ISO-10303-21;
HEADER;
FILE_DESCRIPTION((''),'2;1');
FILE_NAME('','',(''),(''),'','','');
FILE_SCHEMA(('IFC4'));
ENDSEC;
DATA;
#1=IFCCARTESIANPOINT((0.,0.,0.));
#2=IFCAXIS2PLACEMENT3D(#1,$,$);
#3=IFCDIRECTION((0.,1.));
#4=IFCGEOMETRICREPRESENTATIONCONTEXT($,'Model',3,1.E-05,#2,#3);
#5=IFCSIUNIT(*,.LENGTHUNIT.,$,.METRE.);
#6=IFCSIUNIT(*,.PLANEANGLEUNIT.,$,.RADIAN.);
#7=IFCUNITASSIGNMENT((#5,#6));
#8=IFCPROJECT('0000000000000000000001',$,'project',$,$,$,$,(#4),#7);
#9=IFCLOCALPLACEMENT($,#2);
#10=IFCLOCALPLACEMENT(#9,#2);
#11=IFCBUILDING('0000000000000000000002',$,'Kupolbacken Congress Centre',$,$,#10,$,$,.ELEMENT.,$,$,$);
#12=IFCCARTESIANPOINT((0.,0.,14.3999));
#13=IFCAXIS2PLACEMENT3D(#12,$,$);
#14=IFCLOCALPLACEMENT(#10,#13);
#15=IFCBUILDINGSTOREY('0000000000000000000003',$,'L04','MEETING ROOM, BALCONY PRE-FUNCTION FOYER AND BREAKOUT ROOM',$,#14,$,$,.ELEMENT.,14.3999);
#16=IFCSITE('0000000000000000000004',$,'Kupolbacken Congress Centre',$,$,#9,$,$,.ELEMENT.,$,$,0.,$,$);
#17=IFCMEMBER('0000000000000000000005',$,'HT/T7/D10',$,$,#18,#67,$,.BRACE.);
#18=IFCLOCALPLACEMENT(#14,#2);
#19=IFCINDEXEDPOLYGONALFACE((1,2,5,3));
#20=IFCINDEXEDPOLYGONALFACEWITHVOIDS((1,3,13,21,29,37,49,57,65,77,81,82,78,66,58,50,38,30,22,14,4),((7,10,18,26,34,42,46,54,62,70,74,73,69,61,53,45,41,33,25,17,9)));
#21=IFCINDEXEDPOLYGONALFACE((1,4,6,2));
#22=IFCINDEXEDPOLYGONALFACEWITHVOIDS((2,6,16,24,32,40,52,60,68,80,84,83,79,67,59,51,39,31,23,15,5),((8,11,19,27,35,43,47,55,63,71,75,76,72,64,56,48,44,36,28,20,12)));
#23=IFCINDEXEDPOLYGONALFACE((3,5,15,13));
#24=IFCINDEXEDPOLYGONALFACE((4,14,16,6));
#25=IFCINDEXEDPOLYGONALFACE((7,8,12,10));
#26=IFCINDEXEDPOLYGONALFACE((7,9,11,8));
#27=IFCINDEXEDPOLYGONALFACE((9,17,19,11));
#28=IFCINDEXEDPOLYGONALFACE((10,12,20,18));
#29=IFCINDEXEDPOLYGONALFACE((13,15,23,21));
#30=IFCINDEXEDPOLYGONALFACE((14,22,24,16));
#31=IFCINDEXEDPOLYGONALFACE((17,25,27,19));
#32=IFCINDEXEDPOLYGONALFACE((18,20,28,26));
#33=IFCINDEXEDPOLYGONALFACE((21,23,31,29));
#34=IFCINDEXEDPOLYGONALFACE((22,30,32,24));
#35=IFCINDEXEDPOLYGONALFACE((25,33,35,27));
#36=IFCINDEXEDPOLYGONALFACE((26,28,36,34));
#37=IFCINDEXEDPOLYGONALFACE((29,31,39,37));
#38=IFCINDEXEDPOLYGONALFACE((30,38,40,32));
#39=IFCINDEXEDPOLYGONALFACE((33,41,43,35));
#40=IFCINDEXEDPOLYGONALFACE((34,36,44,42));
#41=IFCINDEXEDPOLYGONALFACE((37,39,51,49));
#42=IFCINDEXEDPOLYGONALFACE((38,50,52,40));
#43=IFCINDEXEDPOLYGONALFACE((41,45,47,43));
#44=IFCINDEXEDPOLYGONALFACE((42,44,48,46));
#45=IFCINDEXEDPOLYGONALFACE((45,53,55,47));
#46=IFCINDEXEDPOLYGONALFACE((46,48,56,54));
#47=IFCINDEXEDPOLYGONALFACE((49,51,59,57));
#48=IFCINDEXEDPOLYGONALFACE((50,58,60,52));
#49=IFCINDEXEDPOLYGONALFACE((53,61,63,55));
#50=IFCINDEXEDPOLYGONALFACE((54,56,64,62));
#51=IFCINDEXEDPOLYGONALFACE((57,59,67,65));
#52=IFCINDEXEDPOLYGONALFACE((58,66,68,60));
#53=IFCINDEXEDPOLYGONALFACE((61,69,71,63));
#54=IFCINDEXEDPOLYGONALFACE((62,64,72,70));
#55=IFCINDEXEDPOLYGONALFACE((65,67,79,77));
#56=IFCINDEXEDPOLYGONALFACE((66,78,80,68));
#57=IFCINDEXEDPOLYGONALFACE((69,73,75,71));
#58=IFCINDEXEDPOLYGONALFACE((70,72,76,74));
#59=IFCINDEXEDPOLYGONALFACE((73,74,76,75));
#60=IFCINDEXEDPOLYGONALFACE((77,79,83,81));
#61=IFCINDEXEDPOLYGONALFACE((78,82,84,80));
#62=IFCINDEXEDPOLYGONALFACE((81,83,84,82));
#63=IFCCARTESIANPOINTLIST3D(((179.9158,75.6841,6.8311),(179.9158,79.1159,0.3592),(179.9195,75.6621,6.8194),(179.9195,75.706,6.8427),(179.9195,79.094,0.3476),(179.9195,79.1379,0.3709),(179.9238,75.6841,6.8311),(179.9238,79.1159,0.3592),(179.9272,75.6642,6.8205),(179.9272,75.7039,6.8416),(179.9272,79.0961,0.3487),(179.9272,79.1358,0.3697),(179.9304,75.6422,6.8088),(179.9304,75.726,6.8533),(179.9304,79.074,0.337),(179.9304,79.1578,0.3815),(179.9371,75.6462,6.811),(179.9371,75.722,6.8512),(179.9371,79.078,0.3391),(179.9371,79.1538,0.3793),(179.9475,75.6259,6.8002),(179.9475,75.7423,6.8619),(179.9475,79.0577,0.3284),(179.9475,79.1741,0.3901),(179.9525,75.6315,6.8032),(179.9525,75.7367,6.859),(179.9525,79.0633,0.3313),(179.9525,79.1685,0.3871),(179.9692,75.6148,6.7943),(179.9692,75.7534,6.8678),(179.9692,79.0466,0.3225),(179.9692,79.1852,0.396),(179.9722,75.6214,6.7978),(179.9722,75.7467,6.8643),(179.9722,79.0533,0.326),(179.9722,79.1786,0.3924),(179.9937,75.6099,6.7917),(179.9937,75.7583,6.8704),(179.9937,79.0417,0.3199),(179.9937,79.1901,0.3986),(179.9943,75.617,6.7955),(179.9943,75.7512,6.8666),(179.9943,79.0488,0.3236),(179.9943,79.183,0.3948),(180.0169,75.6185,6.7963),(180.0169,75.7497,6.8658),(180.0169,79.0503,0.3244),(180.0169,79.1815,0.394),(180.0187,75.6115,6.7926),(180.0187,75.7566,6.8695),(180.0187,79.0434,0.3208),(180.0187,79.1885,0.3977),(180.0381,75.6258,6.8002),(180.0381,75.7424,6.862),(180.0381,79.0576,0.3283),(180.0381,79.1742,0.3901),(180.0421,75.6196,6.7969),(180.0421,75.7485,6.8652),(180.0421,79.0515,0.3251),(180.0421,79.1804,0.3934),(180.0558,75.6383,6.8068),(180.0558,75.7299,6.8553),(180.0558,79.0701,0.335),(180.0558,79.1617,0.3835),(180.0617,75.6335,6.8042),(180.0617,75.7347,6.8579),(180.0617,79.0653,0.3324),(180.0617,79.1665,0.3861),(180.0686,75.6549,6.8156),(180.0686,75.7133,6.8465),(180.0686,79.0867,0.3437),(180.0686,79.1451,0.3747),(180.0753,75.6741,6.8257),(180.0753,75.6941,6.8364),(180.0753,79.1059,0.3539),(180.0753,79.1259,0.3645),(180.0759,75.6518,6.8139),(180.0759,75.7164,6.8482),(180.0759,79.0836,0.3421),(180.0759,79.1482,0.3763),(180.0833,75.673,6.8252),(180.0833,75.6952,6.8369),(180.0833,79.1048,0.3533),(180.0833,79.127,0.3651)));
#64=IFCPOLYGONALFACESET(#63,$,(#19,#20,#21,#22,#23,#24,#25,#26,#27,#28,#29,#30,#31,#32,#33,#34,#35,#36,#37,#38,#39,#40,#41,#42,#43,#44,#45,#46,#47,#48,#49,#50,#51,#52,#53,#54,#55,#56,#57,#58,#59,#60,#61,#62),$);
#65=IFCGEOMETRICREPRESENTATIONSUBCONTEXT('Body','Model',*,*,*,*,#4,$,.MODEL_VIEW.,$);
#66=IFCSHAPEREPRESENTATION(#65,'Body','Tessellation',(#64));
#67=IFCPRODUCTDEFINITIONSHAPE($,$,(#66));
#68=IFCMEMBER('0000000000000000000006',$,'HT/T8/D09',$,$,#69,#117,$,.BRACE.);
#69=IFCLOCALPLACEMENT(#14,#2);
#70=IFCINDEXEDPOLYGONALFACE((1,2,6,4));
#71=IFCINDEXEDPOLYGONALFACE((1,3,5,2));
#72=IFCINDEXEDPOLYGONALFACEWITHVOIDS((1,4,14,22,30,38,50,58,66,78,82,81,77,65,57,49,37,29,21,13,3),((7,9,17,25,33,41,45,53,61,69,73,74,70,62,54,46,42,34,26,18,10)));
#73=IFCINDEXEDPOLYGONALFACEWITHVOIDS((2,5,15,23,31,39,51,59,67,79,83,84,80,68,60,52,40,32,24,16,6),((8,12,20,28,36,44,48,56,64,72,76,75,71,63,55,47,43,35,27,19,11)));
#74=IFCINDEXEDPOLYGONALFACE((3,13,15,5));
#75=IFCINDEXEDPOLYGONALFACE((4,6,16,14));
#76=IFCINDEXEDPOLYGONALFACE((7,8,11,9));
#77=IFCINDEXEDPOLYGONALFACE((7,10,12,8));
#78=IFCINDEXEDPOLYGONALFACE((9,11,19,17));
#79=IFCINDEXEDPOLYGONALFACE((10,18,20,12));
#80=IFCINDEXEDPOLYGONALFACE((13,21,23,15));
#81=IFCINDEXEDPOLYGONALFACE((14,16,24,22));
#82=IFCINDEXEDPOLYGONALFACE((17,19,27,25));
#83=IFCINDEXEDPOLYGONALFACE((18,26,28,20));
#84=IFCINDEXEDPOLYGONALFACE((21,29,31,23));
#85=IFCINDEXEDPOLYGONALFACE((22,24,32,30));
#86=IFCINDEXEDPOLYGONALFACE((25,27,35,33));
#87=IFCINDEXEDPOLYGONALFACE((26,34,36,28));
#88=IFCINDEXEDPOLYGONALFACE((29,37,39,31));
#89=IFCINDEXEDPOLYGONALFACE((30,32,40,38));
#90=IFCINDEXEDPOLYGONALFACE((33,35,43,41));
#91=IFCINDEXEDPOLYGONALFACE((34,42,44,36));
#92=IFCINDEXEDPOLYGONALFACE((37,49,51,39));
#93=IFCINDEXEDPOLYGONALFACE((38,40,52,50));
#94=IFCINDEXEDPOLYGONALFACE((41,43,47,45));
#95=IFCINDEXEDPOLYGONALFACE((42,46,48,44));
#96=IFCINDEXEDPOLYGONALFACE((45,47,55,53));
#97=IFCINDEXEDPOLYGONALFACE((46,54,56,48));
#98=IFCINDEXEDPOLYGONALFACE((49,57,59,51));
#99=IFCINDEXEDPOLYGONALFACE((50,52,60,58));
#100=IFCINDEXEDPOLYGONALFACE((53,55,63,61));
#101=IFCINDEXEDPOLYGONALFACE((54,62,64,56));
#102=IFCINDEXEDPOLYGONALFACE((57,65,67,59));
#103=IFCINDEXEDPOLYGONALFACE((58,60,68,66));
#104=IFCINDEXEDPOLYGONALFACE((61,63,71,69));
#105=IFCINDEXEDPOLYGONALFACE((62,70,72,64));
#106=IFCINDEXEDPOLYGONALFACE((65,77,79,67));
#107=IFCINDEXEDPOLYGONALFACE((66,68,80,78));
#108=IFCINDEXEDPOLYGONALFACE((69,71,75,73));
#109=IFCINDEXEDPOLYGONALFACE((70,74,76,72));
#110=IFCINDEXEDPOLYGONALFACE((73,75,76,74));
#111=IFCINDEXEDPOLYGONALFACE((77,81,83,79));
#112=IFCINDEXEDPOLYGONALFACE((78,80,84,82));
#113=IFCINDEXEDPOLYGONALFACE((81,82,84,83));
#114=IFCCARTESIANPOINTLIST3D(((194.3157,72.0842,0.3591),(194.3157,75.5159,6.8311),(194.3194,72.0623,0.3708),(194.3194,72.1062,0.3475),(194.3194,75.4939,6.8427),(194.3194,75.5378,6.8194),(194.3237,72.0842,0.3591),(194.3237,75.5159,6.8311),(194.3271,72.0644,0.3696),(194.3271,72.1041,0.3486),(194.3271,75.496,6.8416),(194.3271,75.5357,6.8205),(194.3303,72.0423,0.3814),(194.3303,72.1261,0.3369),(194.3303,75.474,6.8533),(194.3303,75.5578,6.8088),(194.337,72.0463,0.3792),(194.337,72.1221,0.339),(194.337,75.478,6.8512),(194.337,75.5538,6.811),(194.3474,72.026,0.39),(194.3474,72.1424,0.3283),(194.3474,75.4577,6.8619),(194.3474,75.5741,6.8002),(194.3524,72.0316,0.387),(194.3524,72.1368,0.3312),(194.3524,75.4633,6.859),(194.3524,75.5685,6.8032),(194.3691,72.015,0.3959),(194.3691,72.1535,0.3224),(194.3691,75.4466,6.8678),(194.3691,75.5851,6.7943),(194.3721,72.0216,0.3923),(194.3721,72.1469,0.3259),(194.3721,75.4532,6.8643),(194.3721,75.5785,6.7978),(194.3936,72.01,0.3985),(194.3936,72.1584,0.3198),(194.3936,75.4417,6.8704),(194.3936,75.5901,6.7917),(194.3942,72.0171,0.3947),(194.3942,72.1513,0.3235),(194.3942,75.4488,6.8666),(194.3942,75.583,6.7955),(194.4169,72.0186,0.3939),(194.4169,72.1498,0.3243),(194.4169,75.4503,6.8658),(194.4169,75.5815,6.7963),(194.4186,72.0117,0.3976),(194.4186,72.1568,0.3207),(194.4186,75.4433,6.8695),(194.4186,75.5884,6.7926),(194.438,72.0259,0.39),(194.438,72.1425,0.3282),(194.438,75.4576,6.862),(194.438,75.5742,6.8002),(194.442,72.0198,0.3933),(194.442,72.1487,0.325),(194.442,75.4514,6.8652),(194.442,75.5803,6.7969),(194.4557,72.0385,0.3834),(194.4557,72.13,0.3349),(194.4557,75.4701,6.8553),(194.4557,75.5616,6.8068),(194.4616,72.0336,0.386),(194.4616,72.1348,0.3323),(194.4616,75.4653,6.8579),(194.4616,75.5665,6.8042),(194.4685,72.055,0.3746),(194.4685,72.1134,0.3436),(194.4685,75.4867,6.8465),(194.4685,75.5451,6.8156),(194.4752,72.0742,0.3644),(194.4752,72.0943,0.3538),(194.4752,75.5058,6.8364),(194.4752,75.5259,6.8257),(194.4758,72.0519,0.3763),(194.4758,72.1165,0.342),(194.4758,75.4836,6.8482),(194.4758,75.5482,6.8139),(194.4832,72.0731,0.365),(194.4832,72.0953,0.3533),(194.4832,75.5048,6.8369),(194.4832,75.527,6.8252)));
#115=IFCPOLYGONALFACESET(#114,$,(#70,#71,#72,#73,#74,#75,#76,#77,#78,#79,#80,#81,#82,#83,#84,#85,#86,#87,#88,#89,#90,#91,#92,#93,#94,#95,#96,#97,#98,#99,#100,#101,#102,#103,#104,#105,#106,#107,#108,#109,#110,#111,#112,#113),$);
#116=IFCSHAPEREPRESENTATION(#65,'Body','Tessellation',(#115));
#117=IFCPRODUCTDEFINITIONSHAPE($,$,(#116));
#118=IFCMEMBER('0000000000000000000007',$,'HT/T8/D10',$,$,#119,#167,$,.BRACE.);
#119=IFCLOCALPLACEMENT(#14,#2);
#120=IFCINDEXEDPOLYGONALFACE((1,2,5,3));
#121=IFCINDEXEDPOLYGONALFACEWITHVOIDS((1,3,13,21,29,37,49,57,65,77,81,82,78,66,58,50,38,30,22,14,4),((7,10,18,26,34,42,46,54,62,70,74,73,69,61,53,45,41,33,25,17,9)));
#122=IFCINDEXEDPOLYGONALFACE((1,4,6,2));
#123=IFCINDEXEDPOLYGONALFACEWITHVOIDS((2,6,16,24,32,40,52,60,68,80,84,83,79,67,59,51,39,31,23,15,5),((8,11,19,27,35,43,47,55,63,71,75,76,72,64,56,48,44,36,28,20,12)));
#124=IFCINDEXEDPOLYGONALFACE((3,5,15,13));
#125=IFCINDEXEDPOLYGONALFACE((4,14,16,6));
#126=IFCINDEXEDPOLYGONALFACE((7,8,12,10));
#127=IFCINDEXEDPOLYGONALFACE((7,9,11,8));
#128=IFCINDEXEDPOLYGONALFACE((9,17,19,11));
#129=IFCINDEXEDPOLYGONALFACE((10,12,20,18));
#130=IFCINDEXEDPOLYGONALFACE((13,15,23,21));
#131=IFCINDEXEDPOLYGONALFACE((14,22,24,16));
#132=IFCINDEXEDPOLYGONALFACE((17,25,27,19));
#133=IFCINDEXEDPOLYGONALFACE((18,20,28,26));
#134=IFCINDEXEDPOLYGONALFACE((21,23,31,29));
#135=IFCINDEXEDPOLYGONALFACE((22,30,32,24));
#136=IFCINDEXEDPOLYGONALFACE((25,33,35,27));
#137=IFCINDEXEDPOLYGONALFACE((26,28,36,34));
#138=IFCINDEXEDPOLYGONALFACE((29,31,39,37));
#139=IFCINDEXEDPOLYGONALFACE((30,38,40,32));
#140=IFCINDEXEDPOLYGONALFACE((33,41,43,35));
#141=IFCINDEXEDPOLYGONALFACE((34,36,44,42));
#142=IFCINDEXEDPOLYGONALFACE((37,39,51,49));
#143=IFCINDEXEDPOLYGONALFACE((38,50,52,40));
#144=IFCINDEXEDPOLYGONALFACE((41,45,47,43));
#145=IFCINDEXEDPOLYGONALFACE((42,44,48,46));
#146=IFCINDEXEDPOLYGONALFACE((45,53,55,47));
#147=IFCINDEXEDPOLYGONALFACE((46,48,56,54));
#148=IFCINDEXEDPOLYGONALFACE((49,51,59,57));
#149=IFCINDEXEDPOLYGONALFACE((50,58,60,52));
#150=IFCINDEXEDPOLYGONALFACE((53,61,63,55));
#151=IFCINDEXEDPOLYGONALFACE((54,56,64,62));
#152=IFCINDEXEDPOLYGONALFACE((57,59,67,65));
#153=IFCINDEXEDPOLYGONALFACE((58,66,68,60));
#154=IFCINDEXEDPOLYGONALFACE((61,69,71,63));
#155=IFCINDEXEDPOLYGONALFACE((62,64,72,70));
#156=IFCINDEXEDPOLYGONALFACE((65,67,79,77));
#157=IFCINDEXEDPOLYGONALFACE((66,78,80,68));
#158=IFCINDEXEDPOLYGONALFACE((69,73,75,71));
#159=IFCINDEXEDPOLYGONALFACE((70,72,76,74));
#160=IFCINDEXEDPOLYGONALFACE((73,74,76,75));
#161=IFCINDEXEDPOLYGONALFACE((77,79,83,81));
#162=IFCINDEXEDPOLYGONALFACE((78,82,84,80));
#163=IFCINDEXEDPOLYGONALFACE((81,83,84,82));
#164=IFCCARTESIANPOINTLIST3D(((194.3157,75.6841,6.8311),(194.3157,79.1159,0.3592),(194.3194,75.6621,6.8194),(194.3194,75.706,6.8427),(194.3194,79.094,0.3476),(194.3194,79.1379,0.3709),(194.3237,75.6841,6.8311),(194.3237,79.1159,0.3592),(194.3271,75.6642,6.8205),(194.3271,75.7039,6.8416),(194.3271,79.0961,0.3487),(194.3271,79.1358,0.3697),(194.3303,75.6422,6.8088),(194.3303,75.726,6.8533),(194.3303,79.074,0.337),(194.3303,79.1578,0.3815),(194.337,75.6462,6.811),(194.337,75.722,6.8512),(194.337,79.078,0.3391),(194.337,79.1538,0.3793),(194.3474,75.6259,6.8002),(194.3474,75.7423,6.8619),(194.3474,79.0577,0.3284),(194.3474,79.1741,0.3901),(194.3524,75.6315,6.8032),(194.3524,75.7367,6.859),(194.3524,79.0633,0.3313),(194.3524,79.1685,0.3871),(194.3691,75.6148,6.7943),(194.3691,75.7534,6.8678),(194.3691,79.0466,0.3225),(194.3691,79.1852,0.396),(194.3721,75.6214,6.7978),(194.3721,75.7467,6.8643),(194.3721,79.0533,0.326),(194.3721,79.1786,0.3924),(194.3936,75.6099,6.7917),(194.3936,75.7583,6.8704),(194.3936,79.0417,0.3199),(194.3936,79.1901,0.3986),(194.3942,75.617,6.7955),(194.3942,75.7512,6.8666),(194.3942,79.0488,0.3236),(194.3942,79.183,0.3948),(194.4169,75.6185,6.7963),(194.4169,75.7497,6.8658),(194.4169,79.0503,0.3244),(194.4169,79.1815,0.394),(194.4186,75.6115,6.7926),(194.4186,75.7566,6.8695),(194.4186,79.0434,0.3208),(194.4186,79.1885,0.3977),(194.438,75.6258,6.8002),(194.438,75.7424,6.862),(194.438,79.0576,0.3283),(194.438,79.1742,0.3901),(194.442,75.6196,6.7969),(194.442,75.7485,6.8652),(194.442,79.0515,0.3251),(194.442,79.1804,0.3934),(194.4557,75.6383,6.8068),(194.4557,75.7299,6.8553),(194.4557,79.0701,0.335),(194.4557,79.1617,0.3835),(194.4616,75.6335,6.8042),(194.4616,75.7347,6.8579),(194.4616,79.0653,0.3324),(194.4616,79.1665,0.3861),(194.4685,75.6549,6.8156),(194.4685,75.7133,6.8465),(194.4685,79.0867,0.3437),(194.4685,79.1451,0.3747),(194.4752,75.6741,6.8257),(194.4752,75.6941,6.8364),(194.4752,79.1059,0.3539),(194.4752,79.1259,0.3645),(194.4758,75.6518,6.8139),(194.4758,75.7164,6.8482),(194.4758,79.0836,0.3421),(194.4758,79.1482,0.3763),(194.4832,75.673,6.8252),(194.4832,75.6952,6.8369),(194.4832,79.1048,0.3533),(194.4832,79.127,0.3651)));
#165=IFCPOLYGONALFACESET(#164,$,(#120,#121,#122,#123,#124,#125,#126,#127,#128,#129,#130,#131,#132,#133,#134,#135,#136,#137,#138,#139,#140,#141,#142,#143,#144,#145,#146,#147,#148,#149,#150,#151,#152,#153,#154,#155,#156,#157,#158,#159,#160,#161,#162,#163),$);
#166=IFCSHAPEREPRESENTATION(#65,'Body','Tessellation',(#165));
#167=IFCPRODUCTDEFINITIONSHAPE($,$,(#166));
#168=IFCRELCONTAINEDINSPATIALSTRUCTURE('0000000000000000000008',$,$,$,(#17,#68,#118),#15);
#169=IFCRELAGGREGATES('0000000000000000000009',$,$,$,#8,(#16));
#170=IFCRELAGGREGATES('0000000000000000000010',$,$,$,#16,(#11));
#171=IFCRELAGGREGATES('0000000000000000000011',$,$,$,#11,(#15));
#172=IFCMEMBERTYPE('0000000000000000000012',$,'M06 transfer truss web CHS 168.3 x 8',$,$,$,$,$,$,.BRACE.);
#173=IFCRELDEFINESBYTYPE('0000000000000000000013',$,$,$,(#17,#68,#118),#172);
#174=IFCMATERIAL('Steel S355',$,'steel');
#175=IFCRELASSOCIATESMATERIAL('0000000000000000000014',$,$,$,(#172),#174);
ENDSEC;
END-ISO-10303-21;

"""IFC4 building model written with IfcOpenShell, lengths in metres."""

from ifc_helpers import new_model, si_unit, direction, frame, origin, origin_2d, place, context, subcontext, project, spatial, hollow_circle, extrude, material, material_profile, profile_set, type_object, element, save


model = new_model("IFC4")

# Units and contexts
model_context = context("Model", 3, precision=1e-05, world=origin(), true_north=direction((0.0, 1.0)))
body_context = subcontext(model_context, "Body", "Model", "MODEL_VIEW")
ifc_project = project(units=[si_unit("LENGTHUNIT", "METRE"), si_unit("PLANEANGLEUNIT", "RADIAN")], contexts=[model_context])

# Site, building, storey
site_placement = place(None, origin())
site = spatial("IfcSite", under=ifc_project, at=site_placement, Name="Kupolbacken Congress Centre", CompositionType="ELEMENT", RefElevation=0.0)
building_placement = place(site_placement, origin())
building = spatial("IfcBuilding", under=site, at=building_placement, Name="Kupolbacken Congress Centre", CompositionType="ELEMENT")
storey_placement = place(building_placement, frame((0.0, 0.0, 14.3999)))
storey = spatial("IfcBuildingStorey", under=building, at=storey_placement, Name="L04", Description="MEETING ROOM, BALCONY PRE-FUNCTION FOYER AND BREAKOUT ROOM", CompositionType="ELEMENT", Elevation=14.3999)

# Members
ifc_material_1 = material(Name="Steel S355", Category="steel")
ifc_material_profile_1 = material_profile(ifc_material_1, hollow_circle(Radius=0.0842, WallThickness=0.0081, at=origin_2d()), Name="CHS 168.3 x 8")
ifc_profile_set_1 = profile_set([ifc_material_profile_1], Name="Steel S355")
member_type_1 = type_object("IfcMemberType", Name="M06 transfer truss web CHS 168.3 x 8", PredefinedType="BRACE", material=ifc_profile_set_1)
for number, where, z_axis, x_axis, name in (
    (1, (180.0, 75.6841, 6.8311), (0.0, 0.468482, -0.883473), (-1.0, 0.0, 0.0), "HT/T7/D10"),
    (2, (194.3999, 72.0842, 0.3591), (0.0, 0.468456, 0.883487), (-1.0, 0.0, 0.0), "HT/T8/D09"),
    (3, (194.3999, 75.6841, 6.8311), (0.0, 0.468482, -0.883473), (-1.0, 0.0, 0.0), "HT/T8/D10"),
):
    element("IfcMember", number, at=place(storey_placement, frame(where, z_axis=z_axis, x_axis=x_axis)), inside=storey, type_object=member_type_1, Name=name, PredefinedType="BRACE", context=body_context, shape_type="SweptSolid", body=[
        extrude(hollow_circle(Radius=0.0842, WallThickness=0.0081, at=origin_2d()), origin(), (0.0, 0.0, 1.0), 7.3254),
    ])

save(model, "model.ifc")
